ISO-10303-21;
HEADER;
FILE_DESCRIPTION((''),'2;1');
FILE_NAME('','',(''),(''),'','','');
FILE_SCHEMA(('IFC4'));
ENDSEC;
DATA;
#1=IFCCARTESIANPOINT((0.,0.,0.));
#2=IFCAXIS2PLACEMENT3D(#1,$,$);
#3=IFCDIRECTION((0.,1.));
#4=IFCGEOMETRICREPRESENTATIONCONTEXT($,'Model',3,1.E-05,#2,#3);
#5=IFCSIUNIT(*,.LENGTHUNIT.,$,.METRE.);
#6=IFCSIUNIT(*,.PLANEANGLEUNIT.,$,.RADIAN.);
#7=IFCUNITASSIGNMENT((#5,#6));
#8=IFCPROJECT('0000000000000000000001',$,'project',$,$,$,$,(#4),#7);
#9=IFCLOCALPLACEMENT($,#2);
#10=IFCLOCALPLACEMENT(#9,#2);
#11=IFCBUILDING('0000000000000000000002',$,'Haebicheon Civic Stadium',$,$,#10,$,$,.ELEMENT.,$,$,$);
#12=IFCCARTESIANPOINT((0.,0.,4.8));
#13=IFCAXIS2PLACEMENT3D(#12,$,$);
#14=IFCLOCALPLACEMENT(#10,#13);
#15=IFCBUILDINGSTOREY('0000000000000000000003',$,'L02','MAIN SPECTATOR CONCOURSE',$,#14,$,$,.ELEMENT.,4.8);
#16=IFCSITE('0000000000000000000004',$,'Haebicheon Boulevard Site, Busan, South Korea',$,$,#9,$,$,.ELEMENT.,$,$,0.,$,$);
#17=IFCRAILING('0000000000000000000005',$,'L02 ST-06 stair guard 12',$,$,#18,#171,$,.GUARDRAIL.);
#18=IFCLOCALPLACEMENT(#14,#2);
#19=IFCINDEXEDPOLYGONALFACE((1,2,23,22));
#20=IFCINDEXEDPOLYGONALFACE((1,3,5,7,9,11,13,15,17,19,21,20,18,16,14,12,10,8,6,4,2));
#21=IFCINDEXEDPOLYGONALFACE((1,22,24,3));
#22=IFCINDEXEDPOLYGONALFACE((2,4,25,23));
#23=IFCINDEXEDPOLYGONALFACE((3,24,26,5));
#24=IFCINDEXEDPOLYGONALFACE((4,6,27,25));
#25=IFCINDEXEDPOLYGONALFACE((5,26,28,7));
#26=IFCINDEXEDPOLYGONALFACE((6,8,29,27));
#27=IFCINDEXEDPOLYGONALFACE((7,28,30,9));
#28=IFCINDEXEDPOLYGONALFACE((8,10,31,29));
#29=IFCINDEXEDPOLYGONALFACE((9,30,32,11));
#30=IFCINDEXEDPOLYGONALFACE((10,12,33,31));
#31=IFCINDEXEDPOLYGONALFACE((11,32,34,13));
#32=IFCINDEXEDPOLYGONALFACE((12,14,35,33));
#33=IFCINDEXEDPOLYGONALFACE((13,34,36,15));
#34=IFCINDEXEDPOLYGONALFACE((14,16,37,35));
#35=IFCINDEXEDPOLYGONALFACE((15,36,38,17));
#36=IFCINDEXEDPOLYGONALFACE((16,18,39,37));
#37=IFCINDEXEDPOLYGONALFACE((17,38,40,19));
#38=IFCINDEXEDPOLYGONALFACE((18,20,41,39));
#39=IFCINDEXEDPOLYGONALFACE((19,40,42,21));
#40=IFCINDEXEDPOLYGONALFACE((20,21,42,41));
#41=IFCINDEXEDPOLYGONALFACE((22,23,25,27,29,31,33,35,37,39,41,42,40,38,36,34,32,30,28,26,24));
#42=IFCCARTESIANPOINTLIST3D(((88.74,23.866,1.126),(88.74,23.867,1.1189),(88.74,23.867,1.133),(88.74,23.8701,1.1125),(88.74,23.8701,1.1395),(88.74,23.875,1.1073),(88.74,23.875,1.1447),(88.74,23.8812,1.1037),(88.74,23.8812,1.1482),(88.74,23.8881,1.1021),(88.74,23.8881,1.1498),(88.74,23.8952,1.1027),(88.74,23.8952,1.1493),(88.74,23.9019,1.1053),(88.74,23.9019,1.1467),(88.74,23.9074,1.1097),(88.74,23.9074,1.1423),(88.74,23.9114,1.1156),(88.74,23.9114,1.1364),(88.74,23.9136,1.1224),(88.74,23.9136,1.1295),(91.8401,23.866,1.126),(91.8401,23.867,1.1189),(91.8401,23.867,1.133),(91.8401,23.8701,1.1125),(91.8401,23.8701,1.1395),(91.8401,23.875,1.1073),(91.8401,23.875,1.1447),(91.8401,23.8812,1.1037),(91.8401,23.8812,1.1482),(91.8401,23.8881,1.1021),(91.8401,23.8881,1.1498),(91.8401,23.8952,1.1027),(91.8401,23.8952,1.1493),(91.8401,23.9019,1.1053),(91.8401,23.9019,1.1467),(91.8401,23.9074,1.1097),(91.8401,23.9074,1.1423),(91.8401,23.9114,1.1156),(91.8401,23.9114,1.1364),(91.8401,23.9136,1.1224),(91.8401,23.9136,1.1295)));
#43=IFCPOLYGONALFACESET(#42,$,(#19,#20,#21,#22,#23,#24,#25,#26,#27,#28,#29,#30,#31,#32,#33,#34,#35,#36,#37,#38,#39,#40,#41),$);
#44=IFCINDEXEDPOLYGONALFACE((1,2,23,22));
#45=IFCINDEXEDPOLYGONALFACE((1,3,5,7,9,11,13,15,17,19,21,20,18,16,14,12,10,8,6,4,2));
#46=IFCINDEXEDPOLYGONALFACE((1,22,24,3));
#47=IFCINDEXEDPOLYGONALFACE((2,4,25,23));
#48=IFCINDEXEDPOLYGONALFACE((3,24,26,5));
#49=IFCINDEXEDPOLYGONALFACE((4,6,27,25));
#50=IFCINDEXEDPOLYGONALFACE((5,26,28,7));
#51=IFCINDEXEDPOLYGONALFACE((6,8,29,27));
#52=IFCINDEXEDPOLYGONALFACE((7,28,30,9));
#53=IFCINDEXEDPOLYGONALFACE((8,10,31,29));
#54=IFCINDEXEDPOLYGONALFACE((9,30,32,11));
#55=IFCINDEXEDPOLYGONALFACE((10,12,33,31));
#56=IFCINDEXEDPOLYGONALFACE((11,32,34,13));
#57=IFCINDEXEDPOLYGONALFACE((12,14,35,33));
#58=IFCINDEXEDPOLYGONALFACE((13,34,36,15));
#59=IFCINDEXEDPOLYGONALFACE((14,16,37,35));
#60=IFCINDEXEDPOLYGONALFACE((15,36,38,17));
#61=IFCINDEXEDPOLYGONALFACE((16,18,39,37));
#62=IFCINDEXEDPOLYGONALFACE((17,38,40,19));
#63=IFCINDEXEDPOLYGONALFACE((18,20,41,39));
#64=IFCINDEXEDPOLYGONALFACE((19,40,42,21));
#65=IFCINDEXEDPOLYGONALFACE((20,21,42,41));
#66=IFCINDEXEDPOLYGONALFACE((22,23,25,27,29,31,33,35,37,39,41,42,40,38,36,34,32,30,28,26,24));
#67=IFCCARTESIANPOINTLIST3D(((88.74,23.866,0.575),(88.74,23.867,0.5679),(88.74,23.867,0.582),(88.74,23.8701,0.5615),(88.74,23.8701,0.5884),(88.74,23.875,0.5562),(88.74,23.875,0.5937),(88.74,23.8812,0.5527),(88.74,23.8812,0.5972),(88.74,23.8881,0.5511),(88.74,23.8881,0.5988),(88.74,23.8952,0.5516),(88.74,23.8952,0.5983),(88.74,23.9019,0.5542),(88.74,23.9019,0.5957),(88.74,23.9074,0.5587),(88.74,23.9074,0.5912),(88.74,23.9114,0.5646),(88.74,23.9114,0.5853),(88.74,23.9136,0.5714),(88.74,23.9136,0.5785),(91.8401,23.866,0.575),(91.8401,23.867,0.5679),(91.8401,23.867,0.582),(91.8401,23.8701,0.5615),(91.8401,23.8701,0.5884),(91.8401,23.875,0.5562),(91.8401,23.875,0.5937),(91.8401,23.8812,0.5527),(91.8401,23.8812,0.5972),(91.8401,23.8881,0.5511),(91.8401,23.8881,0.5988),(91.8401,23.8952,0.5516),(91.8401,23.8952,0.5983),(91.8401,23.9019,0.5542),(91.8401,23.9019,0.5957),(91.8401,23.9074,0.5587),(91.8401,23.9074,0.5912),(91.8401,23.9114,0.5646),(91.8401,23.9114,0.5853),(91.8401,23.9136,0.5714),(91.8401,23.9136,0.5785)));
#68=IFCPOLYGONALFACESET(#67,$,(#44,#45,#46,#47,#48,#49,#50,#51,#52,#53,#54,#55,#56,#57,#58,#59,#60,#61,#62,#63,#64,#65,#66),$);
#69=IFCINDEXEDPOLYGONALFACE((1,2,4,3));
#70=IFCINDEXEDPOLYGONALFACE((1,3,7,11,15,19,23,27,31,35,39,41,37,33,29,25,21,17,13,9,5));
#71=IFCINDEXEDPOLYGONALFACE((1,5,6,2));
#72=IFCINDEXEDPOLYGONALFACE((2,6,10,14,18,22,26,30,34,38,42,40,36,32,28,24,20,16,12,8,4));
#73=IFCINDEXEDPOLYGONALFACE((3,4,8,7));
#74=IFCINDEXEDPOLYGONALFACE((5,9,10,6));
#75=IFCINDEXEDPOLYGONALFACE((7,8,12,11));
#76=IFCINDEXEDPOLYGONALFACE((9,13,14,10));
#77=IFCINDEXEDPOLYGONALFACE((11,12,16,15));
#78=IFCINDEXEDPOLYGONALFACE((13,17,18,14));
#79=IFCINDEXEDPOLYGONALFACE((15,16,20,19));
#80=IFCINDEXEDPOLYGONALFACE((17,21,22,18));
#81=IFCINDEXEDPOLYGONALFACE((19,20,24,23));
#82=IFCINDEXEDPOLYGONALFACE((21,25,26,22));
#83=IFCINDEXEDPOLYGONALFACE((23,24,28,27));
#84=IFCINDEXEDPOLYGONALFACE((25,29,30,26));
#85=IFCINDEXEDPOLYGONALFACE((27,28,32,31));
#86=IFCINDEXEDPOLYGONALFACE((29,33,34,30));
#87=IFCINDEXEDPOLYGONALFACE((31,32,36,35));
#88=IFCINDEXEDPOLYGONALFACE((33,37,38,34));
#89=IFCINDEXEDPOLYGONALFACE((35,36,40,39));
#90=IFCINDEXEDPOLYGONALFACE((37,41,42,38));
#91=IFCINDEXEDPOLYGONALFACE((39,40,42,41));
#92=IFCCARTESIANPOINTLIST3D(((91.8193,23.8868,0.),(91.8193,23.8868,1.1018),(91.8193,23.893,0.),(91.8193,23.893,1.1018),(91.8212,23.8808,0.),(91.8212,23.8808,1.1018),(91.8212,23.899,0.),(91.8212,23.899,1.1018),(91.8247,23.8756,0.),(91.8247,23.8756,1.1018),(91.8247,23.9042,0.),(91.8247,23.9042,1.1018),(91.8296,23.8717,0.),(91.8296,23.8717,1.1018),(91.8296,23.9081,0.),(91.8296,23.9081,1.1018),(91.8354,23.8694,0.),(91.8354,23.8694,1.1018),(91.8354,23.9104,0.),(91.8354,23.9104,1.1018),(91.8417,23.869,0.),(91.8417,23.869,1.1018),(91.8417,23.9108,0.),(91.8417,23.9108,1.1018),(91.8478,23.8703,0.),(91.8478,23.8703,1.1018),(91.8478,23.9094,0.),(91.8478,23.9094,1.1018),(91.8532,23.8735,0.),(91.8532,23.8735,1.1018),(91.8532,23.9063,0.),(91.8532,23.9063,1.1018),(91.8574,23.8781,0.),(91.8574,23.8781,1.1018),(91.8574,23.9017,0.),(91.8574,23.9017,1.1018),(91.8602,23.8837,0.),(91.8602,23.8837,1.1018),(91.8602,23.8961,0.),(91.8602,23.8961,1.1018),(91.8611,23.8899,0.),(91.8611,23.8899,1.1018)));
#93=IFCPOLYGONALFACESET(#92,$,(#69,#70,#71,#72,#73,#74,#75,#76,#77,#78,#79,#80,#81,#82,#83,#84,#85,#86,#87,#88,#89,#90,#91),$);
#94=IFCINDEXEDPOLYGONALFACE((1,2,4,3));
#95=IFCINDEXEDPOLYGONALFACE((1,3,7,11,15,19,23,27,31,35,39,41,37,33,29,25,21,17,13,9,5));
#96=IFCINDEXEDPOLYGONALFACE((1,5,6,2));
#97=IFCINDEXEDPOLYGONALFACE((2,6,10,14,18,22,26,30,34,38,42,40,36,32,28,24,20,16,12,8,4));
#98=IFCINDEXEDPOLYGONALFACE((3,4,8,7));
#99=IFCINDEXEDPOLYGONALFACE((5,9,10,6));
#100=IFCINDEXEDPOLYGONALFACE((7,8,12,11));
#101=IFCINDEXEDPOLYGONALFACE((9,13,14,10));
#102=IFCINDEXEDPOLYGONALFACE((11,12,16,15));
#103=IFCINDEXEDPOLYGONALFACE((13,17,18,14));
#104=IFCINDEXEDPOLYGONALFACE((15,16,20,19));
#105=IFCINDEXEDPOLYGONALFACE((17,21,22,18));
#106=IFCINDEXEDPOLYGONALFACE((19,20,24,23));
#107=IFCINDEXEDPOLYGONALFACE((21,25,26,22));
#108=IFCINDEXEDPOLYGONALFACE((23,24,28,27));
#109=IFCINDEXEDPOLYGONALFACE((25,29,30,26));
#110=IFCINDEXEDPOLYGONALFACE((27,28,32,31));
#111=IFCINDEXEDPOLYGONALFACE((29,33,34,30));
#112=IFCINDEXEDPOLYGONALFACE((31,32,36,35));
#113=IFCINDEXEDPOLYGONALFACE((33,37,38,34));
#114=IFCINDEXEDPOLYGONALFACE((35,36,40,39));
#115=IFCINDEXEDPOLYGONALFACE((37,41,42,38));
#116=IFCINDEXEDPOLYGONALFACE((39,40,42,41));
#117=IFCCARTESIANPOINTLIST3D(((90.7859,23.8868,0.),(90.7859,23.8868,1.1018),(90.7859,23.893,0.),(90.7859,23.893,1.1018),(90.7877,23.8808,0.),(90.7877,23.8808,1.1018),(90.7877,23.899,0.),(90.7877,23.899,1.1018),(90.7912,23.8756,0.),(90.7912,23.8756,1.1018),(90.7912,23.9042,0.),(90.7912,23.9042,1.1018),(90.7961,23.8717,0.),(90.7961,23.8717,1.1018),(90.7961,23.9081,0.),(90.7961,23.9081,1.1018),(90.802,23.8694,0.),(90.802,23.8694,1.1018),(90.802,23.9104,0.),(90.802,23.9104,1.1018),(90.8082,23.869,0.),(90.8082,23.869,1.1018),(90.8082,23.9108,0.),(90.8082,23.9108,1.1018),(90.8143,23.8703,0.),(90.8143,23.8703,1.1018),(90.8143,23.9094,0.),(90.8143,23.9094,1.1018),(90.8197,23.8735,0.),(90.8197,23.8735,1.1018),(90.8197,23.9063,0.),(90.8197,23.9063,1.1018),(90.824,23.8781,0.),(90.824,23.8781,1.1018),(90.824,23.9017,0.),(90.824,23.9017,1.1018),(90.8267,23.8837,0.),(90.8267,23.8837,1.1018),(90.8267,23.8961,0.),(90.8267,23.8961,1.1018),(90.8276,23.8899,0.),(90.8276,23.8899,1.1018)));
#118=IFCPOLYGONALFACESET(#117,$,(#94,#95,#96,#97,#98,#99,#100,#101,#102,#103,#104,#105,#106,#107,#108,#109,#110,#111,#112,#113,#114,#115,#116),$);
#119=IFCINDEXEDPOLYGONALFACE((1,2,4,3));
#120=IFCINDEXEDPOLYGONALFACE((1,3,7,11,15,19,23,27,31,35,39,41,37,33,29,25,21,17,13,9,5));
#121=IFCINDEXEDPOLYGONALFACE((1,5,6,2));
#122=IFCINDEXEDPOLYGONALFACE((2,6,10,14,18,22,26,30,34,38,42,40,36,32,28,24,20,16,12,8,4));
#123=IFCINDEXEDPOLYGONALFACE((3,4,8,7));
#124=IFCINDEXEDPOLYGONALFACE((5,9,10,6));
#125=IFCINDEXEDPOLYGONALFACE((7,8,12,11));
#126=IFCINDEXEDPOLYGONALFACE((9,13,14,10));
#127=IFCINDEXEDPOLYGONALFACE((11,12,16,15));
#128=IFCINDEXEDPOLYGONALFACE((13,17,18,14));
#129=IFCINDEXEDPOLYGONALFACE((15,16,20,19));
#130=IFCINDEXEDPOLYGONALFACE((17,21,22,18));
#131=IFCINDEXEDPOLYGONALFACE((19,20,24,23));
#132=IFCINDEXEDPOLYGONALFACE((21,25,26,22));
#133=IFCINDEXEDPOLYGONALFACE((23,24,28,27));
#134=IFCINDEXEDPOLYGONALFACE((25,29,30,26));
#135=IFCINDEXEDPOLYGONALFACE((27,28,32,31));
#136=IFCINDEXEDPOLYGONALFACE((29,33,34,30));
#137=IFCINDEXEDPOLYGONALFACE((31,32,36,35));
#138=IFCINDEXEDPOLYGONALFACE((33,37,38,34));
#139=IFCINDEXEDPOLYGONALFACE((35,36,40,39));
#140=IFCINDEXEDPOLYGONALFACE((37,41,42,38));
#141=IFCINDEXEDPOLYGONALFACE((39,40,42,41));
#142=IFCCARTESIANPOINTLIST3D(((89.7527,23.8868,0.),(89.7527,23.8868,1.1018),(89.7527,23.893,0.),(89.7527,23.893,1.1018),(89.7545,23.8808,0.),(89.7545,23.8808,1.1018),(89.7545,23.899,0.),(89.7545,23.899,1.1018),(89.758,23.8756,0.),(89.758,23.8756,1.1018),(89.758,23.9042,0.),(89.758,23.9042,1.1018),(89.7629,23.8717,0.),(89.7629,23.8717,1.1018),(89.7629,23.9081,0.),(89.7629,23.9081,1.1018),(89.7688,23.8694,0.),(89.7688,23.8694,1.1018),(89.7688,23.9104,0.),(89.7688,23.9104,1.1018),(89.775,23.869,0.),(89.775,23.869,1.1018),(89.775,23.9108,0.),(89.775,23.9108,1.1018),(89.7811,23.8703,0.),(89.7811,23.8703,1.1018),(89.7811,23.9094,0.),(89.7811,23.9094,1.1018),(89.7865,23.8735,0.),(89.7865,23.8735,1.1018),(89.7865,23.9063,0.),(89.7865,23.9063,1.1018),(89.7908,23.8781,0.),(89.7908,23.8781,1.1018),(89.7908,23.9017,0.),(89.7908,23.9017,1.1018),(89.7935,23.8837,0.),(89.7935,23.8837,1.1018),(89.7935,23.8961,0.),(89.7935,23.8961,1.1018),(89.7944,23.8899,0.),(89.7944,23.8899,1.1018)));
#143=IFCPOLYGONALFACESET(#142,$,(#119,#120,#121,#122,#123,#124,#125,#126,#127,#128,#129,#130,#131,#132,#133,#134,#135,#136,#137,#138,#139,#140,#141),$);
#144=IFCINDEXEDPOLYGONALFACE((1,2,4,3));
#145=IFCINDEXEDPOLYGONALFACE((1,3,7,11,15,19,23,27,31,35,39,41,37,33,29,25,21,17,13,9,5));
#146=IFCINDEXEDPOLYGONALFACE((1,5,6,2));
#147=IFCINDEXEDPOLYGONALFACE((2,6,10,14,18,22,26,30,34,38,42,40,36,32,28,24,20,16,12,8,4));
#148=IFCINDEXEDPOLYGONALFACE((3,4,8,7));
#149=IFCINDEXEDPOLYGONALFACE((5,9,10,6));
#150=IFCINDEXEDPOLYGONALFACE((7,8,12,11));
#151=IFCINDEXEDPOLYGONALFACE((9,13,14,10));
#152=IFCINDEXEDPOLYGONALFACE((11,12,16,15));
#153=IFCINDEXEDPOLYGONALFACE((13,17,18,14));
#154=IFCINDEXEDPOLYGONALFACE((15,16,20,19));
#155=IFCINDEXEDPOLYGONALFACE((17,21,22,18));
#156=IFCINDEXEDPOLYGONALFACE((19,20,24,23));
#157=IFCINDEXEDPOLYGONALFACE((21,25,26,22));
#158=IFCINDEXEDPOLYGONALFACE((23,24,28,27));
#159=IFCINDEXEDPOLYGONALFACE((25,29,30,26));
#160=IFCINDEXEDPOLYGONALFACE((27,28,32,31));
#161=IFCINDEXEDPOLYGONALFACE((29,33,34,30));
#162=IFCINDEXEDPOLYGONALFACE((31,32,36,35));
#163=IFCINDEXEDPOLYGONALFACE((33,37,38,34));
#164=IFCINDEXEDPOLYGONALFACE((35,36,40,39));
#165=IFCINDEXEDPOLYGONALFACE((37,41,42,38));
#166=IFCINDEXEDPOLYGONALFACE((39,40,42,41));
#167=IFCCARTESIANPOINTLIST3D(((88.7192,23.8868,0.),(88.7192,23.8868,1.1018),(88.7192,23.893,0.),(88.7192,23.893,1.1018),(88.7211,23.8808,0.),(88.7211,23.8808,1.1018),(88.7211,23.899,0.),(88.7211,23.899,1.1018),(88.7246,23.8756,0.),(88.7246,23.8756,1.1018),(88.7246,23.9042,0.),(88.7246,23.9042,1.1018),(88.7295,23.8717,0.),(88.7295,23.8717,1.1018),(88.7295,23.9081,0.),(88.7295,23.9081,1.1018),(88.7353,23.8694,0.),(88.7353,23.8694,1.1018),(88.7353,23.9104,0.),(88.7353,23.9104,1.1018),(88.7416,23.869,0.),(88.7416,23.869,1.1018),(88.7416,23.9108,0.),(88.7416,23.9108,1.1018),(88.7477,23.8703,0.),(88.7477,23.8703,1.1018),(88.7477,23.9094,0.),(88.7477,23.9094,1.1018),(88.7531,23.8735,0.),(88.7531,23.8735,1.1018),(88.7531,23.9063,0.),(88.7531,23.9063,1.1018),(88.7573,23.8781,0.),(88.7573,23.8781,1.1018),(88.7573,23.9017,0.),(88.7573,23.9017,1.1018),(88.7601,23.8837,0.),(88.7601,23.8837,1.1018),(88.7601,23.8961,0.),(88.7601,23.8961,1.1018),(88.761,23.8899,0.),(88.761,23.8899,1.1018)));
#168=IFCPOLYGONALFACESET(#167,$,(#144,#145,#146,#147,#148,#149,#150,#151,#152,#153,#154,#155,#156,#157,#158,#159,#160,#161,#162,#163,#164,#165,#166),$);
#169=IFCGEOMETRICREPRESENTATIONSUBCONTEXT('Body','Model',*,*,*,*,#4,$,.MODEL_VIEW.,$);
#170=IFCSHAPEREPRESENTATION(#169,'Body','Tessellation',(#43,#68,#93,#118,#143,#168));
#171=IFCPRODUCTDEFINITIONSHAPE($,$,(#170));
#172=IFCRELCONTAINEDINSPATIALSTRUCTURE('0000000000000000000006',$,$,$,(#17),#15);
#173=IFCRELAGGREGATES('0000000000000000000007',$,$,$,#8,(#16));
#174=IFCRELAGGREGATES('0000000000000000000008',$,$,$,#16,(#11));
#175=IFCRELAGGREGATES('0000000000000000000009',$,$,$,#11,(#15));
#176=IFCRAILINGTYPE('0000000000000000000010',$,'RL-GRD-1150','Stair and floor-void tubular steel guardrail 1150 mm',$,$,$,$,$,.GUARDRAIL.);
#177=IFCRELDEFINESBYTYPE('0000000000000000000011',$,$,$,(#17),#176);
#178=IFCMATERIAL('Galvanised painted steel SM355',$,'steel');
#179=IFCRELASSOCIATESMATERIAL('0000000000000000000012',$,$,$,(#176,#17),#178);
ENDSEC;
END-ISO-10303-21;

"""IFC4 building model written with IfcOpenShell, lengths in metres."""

from ifc_helpers import new_model, si_unit, direction, frame, origin, origin_2d, place, context, subcontext, project, spatial, circle, extrude, material, type_object, element, save


model = new_model("IFC4")

# Units and contexts
model_context = context("Model", 3, precision=1e-05, world=origin(), true_north=direction((0.0, 1.0)))
body_context = subcontext(model_context, "Body", "Model", "MODEL_VIEW")
ifc_project = project(units=[si_unit("LENGTHUNIT", "METRE"), si_unit("PLANEANGLEUNIT", "RADIAN")], contexts=[model_context])

# Site, building, storey
site_placement = place(None, origin())
site = spatial("IfcSite", under=ifc_project, at=site_placement, Name="Haebicheon Boulevard Site, Busan, South Korea", CompositionType="ELEMENT", RefElevation=0.0)
building_placement = place(site_placement, origin())
building = spatial("IfcBuilding", under=site, at=building_placement, Name="Haebicheon Civic Stadium", CompositionType="ELEMENT")
storey_placement = place(building_placement, frame((0.0, 0.0, 4.8)))
storey = spatial("IfcBuildingStorey", under=building, at=storey_placement, Name="L02", Description="MAIN SPECTATOR CONCOURSE", CompositionType="ELEMENT", Elevation=4.8)

# Railing
ifc_material_1 = material(Name="Galvanised painted steel SM355", Category="steel")
railing_type_1 = type_object("IfcRailingType", Name="RL-GRD-1150", Description="Stair and floor-void tubular steel guardrail 1150 mm", PredefinedType="GUARDRAIL", material=ifc_material_1)
railing_1_placement = place(storey_placement, frame((91.8401, 23.8899, 0.0)))
element("IfcRailing", 1, at=railing_1_placement, inside=storey, type_object=railing_type_1, material=ifc_material_1, Name="L02 ST-06 stair guard 12", PredefinedType="GUARDRAIL", context=body_context, shape_type="SweptSolid", body=[
    extrude(circle(Radius=0.0239, at=origin_2d()), frame((0.0, 0.0, 1.126), z_axis=(-1.0, 0.0, 0.0), x_axis=(0.0, -1.0, 0.0)), (0.0, 0.0, 1.0), 3.1001),
    extrude(circle(Radius=0.0239, at=origin_2d()), frame((0.0, 0.0, 0.575), z_axis=(-1.0, 0.0, 0.0), x_axis=(0.0, -1.0, 0.0)), (0.0, 0.0, 1.0), 3.1001),
    extrude(circle(Radius=0.021, at=origin_2d()), origin(), (0.0, 0.0, 1.0), 1.1018),
    extrude(circle(Radius=0.021, at=origin_2d()), frame((-1.0334, 0.0, 0.0)), (0.0, 0.0, 1.0), 1.1018),
    extrude(circle(Radius=0.021, at=origin_2d()), frame((-2.0667, 0.0, 0.0)), (0.0, 0.0, 1.0), 1.1018),
    extrude(circle(Radius=0.021, at=origin_2d()), frame((-3.1001, 0.0, 0.0)), (0.0, 0.0, 1.0), 1.1018),
])

save(model, "model.ifc")
